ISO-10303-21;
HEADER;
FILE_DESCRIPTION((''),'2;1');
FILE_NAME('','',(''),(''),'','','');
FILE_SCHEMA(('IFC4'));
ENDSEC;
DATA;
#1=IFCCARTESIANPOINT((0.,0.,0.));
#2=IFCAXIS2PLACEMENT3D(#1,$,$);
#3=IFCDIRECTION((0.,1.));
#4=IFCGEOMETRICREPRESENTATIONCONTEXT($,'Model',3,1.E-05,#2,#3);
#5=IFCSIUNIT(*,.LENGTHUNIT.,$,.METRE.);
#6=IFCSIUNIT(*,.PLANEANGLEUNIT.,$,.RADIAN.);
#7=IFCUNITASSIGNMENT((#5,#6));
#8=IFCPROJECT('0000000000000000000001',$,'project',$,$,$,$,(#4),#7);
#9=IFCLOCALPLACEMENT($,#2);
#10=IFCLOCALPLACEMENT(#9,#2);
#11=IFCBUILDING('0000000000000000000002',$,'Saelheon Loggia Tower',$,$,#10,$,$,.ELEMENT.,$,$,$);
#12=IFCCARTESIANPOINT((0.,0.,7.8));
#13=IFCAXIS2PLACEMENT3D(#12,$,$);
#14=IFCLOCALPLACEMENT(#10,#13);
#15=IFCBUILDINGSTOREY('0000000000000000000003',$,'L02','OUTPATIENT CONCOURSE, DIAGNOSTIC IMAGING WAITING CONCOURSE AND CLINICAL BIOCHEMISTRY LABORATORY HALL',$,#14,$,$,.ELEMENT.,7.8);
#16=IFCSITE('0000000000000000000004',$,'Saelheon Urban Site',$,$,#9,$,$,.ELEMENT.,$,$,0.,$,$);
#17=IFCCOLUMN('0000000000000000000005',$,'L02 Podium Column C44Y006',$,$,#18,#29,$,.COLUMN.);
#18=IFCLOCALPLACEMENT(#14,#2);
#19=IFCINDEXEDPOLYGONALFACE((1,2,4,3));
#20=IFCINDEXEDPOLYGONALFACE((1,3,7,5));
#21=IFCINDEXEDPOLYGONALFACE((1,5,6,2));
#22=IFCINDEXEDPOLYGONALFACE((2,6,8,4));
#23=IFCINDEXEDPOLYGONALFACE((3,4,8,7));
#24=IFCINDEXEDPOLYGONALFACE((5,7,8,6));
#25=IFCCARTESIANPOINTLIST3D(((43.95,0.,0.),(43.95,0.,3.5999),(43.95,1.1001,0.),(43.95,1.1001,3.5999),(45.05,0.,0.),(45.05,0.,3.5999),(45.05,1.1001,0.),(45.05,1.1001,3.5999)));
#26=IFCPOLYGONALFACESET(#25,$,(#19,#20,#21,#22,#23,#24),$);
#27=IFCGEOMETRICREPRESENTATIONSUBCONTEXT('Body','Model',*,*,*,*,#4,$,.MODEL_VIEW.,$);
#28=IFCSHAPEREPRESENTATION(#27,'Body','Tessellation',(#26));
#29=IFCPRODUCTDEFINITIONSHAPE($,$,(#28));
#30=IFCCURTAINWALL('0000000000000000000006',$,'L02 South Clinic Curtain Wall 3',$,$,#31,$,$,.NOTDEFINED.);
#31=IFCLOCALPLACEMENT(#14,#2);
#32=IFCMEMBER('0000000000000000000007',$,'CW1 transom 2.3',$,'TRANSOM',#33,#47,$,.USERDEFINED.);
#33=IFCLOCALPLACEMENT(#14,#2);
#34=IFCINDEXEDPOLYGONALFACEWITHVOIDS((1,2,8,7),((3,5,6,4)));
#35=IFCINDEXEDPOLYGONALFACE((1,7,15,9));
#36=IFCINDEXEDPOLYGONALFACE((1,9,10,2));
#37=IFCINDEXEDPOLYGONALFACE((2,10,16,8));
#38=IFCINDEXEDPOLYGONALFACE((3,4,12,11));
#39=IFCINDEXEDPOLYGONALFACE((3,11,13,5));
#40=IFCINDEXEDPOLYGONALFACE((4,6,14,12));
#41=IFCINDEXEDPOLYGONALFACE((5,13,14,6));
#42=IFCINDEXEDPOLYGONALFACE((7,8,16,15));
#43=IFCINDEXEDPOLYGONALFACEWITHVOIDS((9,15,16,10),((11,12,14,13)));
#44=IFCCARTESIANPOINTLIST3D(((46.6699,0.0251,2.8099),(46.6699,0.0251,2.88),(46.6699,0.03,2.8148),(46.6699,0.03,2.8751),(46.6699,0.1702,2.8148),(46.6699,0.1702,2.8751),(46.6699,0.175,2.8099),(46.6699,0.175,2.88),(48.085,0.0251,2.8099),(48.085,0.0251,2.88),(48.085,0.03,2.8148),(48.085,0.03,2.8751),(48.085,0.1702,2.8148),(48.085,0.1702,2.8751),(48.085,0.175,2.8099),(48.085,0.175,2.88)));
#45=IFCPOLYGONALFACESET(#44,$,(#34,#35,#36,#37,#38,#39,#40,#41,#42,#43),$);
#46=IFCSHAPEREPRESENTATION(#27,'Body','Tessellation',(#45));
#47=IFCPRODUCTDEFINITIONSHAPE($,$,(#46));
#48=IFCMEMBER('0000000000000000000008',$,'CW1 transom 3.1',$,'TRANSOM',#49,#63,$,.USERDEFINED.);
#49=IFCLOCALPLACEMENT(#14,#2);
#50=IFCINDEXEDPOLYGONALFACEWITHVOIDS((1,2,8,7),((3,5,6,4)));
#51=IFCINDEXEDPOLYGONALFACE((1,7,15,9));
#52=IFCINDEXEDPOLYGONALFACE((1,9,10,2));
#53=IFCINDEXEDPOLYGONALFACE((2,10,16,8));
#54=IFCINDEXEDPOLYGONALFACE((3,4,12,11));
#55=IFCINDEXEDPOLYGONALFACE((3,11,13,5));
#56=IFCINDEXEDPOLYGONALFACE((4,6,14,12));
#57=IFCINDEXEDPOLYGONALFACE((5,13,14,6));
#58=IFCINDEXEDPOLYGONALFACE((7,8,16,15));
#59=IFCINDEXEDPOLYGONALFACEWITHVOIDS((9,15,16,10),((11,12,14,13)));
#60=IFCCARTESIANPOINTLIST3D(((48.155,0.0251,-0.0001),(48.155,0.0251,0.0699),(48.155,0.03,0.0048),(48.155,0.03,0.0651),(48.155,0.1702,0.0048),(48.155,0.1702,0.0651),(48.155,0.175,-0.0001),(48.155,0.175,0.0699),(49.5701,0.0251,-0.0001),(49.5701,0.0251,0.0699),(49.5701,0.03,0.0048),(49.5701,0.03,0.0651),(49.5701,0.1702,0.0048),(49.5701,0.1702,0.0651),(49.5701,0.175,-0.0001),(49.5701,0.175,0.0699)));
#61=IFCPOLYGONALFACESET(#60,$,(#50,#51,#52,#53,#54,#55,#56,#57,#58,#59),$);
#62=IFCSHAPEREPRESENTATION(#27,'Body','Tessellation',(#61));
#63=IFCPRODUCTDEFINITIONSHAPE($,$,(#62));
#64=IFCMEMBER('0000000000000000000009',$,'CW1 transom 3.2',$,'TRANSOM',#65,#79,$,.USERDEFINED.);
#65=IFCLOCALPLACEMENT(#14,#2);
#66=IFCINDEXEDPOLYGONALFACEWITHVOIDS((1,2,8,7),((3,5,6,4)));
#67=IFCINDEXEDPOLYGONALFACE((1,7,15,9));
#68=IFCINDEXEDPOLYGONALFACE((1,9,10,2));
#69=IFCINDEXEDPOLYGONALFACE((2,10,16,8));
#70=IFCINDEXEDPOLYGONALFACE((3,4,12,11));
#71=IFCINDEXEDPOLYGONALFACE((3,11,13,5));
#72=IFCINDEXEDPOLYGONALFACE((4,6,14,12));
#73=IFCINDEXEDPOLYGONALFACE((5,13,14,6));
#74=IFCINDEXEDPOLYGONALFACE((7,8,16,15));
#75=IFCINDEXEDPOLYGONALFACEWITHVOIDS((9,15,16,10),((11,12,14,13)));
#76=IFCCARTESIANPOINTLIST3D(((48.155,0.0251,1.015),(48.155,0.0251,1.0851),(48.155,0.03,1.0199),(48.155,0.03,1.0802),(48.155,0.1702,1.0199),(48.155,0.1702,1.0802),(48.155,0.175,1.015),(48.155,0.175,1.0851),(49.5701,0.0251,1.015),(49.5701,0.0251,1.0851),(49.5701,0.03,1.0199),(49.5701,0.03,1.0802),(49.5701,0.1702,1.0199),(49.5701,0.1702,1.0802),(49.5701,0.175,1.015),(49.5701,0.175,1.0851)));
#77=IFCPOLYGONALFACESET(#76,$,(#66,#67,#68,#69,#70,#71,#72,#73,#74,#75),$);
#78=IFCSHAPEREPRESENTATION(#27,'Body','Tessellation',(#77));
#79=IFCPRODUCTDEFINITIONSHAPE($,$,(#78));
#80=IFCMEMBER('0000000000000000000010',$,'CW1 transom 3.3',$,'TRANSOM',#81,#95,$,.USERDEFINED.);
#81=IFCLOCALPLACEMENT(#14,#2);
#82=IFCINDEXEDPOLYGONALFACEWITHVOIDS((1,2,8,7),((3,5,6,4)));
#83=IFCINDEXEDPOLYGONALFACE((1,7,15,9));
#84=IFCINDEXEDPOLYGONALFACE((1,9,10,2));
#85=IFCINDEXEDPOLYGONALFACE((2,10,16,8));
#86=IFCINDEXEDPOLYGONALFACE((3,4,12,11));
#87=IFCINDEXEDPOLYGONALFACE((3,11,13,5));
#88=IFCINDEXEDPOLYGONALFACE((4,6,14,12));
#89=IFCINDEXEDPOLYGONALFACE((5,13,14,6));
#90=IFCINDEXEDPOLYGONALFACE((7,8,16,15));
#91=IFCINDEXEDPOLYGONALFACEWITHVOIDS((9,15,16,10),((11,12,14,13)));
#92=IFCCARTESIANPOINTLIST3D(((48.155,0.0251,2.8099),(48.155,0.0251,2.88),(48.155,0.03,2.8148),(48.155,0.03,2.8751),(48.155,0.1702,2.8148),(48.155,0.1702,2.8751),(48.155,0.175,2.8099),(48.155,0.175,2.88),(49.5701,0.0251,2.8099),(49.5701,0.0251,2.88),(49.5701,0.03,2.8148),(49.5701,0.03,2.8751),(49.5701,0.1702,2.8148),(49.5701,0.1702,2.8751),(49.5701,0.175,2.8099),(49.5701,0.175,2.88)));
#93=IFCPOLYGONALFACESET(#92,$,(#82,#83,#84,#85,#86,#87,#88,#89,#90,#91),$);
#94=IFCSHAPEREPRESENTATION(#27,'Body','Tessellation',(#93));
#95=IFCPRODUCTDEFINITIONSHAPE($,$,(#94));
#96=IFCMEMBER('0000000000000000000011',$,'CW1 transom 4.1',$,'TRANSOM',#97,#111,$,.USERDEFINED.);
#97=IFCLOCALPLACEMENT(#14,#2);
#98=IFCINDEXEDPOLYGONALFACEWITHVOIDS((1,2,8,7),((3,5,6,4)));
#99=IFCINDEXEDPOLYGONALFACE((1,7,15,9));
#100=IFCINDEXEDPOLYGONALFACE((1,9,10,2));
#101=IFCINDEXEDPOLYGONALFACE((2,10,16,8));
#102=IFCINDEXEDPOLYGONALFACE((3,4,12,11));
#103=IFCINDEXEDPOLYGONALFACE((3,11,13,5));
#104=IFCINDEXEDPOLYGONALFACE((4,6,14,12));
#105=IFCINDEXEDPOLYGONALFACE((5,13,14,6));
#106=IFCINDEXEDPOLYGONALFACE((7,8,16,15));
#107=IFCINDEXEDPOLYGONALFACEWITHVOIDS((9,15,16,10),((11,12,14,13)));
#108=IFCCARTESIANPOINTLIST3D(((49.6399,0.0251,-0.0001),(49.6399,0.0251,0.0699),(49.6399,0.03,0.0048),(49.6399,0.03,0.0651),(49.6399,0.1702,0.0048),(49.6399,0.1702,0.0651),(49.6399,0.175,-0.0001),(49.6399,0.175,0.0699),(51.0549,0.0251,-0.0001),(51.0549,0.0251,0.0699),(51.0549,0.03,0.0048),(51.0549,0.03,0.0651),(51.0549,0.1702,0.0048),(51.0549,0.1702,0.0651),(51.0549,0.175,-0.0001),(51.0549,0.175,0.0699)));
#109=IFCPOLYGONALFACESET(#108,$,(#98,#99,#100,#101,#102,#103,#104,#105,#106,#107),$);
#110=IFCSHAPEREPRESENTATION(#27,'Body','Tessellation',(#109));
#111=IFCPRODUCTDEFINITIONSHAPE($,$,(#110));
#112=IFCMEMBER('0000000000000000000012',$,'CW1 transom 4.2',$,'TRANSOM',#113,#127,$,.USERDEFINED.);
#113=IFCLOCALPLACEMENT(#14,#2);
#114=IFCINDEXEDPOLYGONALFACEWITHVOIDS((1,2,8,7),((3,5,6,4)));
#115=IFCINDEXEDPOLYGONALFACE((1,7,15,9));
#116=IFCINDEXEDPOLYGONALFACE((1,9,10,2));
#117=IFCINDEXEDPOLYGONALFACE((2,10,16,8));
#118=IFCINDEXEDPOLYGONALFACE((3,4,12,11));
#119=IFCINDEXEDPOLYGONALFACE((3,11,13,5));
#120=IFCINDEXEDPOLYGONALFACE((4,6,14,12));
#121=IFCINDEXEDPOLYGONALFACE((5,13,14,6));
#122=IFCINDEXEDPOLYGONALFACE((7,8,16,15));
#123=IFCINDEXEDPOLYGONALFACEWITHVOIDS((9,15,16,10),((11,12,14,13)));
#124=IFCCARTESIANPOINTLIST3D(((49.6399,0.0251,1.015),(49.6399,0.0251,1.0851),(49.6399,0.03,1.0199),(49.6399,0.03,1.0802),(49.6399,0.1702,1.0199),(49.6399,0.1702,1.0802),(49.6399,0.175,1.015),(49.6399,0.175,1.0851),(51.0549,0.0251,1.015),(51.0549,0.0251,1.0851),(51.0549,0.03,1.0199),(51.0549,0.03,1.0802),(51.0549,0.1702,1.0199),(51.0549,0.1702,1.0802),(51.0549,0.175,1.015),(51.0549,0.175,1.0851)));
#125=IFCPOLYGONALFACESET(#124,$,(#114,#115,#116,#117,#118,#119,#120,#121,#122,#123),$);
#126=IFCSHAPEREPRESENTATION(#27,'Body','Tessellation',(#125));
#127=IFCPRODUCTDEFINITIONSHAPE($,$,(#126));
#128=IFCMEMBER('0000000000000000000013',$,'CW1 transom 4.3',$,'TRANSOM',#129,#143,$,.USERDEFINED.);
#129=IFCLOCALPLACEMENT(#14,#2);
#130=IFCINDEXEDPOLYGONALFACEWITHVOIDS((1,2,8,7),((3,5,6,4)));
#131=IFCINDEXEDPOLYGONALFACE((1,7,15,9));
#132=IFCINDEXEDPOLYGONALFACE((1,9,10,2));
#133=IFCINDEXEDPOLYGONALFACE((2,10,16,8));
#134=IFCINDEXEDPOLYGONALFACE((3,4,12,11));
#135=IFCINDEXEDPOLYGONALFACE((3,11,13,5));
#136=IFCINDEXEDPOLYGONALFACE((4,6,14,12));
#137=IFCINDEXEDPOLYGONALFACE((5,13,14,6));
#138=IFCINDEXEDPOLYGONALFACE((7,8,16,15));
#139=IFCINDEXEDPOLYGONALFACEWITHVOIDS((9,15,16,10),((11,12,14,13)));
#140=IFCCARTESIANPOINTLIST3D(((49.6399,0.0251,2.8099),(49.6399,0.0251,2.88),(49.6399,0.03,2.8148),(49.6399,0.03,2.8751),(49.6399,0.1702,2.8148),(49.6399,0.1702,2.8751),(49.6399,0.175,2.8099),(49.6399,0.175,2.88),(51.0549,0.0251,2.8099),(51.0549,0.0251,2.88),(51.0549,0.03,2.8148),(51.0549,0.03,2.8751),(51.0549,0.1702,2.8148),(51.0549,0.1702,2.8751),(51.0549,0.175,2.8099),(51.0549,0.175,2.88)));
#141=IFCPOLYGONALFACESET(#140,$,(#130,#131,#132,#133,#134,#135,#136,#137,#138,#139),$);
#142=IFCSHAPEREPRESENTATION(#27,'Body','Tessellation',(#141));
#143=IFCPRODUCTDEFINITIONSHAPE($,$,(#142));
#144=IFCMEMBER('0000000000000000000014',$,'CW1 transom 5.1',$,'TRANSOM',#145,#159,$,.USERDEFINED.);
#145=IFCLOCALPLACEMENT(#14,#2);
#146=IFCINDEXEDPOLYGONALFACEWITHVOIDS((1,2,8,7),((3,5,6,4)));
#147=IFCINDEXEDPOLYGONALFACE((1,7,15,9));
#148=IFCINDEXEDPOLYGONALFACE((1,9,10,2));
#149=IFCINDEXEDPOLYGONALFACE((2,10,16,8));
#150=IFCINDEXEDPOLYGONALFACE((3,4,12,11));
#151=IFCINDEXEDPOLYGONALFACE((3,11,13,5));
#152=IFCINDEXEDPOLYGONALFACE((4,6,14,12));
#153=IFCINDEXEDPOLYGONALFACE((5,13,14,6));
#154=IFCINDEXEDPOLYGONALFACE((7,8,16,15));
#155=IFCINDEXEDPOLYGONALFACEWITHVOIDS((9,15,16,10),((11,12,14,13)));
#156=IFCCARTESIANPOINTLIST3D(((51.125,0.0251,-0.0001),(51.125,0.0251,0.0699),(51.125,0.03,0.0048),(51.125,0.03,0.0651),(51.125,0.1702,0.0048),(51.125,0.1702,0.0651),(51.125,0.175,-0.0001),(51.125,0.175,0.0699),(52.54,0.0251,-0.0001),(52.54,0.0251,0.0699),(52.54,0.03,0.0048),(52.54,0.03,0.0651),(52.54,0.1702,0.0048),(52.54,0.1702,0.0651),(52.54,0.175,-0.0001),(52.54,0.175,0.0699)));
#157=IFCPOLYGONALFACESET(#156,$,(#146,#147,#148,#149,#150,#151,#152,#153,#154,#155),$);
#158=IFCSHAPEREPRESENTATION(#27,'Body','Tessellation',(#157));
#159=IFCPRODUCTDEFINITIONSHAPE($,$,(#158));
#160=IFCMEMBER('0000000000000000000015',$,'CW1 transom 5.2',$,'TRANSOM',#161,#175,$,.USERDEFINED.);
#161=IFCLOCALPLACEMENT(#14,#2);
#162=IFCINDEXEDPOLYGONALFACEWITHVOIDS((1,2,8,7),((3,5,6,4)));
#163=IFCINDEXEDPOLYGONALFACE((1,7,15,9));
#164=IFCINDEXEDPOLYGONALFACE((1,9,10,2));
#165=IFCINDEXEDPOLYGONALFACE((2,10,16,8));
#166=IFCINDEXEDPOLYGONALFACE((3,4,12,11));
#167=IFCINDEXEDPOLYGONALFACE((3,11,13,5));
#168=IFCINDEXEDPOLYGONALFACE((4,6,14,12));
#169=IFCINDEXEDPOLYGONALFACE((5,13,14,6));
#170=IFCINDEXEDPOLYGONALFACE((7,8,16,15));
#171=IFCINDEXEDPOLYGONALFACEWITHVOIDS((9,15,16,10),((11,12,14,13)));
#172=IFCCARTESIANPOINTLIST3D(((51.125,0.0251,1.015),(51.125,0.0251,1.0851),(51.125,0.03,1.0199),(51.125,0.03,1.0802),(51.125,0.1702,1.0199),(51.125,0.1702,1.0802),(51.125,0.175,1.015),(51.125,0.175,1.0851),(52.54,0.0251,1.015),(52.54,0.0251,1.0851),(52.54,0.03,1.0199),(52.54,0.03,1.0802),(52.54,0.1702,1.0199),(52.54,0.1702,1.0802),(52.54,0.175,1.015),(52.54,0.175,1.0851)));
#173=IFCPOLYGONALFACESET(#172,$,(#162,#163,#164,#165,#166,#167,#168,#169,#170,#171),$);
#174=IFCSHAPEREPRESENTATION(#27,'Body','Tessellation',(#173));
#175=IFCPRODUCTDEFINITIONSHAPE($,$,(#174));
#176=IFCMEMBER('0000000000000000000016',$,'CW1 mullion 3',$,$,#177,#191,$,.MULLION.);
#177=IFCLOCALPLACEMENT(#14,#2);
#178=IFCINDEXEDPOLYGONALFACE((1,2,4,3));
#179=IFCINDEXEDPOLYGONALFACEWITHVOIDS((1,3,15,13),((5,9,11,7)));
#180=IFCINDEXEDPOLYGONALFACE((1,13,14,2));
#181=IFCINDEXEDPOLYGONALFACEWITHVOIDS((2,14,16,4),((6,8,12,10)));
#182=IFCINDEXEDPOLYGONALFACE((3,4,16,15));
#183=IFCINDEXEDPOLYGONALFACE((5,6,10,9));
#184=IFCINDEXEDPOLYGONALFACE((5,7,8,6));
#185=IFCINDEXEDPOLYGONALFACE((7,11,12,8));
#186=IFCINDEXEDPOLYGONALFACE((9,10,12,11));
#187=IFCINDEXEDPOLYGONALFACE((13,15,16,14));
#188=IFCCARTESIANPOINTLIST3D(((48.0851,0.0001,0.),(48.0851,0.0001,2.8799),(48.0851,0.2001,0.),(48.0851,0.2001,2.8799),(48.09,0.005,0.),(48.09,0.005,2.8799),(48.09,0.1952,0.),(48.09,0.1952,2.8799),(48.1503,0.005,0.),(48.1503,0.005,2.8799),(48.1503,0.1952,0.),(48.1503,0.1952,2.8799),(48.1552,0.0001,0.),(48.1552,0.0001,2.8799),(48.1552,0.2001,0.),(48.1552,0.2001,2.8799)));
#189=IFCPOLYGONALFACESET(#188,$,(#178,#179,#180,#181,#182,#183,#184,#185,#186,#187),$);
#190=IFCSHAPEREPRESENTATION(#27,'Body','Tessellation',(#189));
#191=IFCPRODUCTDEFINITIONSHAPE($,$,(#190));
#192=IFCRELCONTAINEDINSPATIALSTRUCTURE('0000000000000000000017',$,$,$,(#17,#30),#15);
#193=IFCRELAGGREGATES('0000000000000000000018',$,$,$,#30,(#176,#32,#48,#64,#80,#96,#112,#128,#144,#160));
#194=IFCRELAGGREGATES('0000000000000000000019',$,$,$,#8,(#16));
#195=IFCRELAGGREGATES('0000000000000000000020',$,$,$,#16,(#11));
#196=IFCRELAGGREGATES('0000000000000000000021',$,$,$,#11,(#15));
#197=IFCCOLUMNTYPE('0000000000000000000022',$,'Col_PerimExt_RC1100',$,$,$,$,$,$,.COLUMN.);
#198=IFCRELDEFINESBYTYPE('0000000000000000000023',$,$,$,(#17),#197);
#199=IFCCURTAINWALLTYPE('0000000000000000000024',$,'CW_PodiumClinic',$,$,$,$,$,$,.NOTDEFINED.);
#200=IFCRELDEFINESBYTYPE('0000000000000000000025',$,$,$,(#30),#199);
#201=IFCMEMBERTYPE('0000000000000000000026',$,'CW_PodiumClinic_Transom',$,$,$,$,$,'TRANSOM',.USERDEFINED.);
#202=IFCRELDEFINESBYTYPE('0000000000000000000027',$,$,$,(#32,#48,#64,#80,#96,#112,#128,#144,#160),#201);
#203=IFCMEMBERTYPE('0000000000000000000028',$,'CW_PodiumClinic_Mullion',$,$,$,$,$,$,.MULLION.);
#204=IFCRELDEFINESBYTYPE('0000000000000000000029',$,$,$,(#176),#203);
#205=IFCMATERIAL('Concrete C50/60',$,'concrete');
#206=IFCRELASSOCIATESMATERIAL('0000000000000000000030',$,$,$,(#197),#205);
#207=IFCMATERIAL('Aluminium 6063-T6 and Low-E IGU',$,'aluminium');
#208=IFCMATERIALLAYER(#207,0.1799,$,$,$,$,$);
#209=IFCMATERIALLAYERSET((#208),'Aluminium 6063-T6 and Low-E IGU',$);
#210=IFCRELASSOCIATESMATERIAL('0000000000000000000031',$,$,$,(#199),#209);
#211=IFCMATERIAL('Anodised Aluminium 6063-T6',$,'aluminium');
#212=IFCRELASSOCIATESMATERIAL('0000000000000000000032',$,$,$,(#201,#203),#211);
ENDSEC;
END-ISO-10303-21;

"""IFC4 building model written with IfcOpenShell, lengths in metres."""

from ifc_helpers import new_model, si_unit, direction, frame, origin, origin_2d, place, context, subcontext, project, spatial, rectangle, hollow_rectangle, extrude, source, transform, mapped, material, layer, layer_set, material_profile, profile_set, type_object, element, aggregate, save


model = new_model("IFC4")

# Units and contexts
model_context = context("Model", 3, precision=1e-05, world=origin(), true_north=direction((0.0, 1.0)))
body_context = subcontext(model_context, "Body", "Model", "MODEL_VIEW")
ifc_project = project(units=[si_unit("LENGTHUNIT", "METRE"), si_unit("PLANEANGLEUNIT", "RADIAN")], contexts=[model_context])

# Site, building, storey
site_placement = place(None, origin())
site = spatial("IfcSite", under=ifc_project, at=site_placement, Name="Saelheon Urban Site", CompositionType="ELEMENT", RefElevation=0.0)
building_placement = place(site_placement, origin())
building = spatial("IfcBuilding", under=site, at=building_placement, Name="Saelheon Loggia Tower", CompositionType="ELEMENT")
storey_placement = place(building_placement, frame((0.0, 0.0, 7.8)))
storey = spatial("IfcBuildingStorey", under=building, at=storey_placement, Name="L02", Description="OUTPATIENT CONCOURSE, DIAGNOSTIC IMAGING WAITING CONCOURSE AND CLINICAL BIOCHEMISTRY LABORATORY HALL", CompositionType="ELEMENT", Elevation=7.8)

# Column
ifc_material_1 = material(Name="Concrete C50/60", Category="concrete")
ifc_material_profile_1 = material_profile(ifc_material_1, rectangle(XDim=1.1001, YDim=1.1001, at=origin_2d()), Name="RC-1100x1100")
ifc_profile_set_1 = profile_set([ifc_material_profile_1], Name="Concrete C50/60")
column_type = type_object("IfcColumnType", Name="Col_PerimExt_RC1100", PredefinedType="COLUMN", material=ifc_profile_set_1)
shared_shape_1 = source(origin(), body_context, "Body", "SweptSolid", [
    extrude(rectangle(XDim=1.1001, YDim=1.1001, at=origin_2d()), origin(), (0.0, 0.0, 1.0), 3.5999),
])
column_placement = place(storey_placement, frame((44.5, 0.55, 0.0), z_axis=(0.0, 0.0, 1.0), x_axis=(1.0, 0.0, 0.0)))
element("IfcColumn", 1, at=column_placement, inside=storey, type_object=column_type, Name="L02 Podium Column C44Y006", PredefinedType="COLUMN", context=body_context, shape_type="MappedRepresentation", body=[
    mapped(shared_shape_1, transform((0.0, 0.0, 0.0), scale=1.0)),
])

# Curtain wall, members
ifc_material_2 = material(Name="Aluminium 6063-T6 and Low-E IGU", Category="aluminium")
ifc_layer_1 = layer(ifc_material_2, 0.1799)
ifc_layer_set_1 = layer_set([ifc_layer_1], Name="Aluminium 6063-T6 and Low-E IGU")
curtain_wall_type = type_object("IfcCurtainWallType", Name="CW_PodiumClinic", PredefinedType="NOTDEFINED", material=ifc_layer_set_1)
curtain_wall_placement = place(storey_placement, origin())
curtain_wall = element("IfcCurtainWall", 2, at=curtain_wall_placement, inside=storey, type_object=curtain_wall_type, Name="L02 South Clinic Curtain Wall 3", PredefinedType="NOTDEFINED")
ifc_material_3 = material(Name="Anodised Aluminium 6063-T6", Category="aluminium")
ifc_material_profile_2 = material_profile(ifc_material_3, hollow_rectangle(XDim=0.0701, YDim=0.1499, WallThickness=0.0049, at=origin_2d()), Name="RHS-150x70x5")
ifc_profile_set_2 = profile_set([ifc_material_profile_2], Name="Anodised Aluminium 6063-T6")
member_type_1 = type_object("IfcMemberType", Name="CW_PodiumClinic_Transom", ElementType="TRANSOM", PredefinedType="USERDEFINED", material=ifc_profile_set_2)
shared_shape_2 = source(origin(), body_context, "Body", "SweptSolid", [
    extrude(hollow_rectangle(XDim=0.0701, YDim=0.1499, WallThickness=0.0049, at=origin_2d()), origin(), (0.0, 0.0, 1.0), 1.415),
])
member_1_placement = place(storey_placement, frame((46.6699, 0.1001, 2.845), z_axis=(1.0, 0.0, 0.0), x_axis=(0.0, 0.0, 1.0)))
member_1 = element("IfcMember", 3, at=member_1_placement, type_object=member_type_1, Name="CW1 transom 2.3", ObjectType="TRANSOM", PredefinedType="USERDEFINED", context=body_context, shape_type="MappedRepresentation", body=[
    mapped(shared_shape_2, transform((0.0, 0.0, 0.0), scale=1.0)),
])
member_2_placement = place(storey_placement, frame((48.155, 0.1001, 0.0349), z_axis=(1.0, 0.0, 0.0), x_axis=(0.0, 0.0, 1.0)))
member_2 = element("IfcMember", 4, at=member_2_placement, type_object=member_type_1, Name="CW1 transom 3.1", ObjectType="TRANSOM", PredefinedType="USERDEFINED", context=body_context, shape_type="MappedRepresentation", body=[
    mapped(shared_shape_2, transform((0.0, 0.0, 0.0), scale=1.0)),
])
member_3_placement = place(storey_placement, frame((48.155, 0.1001, 1.05), z_axis=(1.0, 0.0, 0.0), x_axis=(0.0, 0.0, 1.0)))
member_3 = element("IfcMember", 5, at=member_3_placement, type_object=member_type_1, Name="CW1 transom 3.2", ObjectType="TRANSOM", PredefinedType="USERDEFINED", context=body_context, shape_type="MappedRepresentation", body=[
    mapped(shared_shape_2, transform((0.0, 0.0, 0.0), scale=1.0)),
])
member_4_placement = place(storey_placement, frame((48.155, 0.1001, 2.845), z_axis=(1.0, 0.0, 0.0), x_axis=(0.0, 0.0, 1.0)))
member_4 = element("IfcMember", 6, at=member_4_placement, type_object=member_type_1, Name="CW1 transom 3.3", ObjectType="TRANSOM", PredefinedType="USERDEFINED", context=body_context, shape_type="MappedRepresentation", body=[
    mapped(shared_shape_2, transform((0.0, 0.0, 0.0), scale=1.0)),
])
member_5_placement = place(storey_placement, frame((49.6399, 0.1001, 0.0349), z_axis=(1.0, 0.0, 0.0), x_axis=(0.0, 0.0, 1.0)))
member_5 = element("IfcMember", 7, at=member_5_placement, type_object=member_type_1, Name="CW1 transom 4.1", ObjectType="TRANSOM", PredefinedType="USERDEFINED", context=body_context, shape_type="MappedRepresentation", body=[
    mapped(shared_shape_2, transform((0.0, 0.0, 0.0), scale=1.0)),
])
member_6_placement = place(storey_placement, frame((49.6399, 0.1001, 1.05), z_axis=(1.0, 0.0, 0.0), x_axis=(0.0, 0.0, 1.0)))
member_6 = element("IfcMember", 8, at=member_6_placement, type_object=member_type_1, Name="CW1 transom 4.2", ObjectType="TRANSOM", PredefinedType="USERDEFINED", context=body_context, shape_type="MappedRepresentation", body=[
    mapped(shared_shape_2, transform((0.0, 0.0, 0.0), scale=1.0)),
])
member_7_placement = place(storey_placement, frame((49.6399, 0.1001, 2.845), z_axis=(1.0, 0.0, 0.0), x_axis=(0.0, 0.0, 1.0)))
member_7 = element("IfcMember", 9, at=member_7_placement, type_object=member_type_1, Name="CW1 transom 4.3", ObjectType="TRANSOM", PredefinedType="USERDEFINED", context=body_context, shape_type="MappedRepresentation", body=[
    mapped(shared_shape_2, transform((0.0, 0.0, 0.0), scale=1.0)),
])
member_8_placement = place(storey_placement, frame((51.125, 0.1001, 0.0349), z_axis=(1.0, 0.0, 0.0), x_axis=(0.0, 0.0, 1.0)))
member_8 = element("IfcMember", 10, at=member_8_placement, type_object=member_type_1, Name="CW1 transom 5.1", ObjectType="TRANSOM", PredefinedType="USERDEFINED", context=body_context, shape_type="MappedRepresentation", body=[
    mapped(shared_shape_2, transform((0.0, 0.0, 0.0), scale=1.0)),
])
member_9_placement = place(storey_placement, frame((51.125, 0.1001, 1.05), z_axis=(1.0, 0.0, 0.0), x_axis=(0.0, 0.0, 1.0)))
member_9 = element("IfcMember", 11, at=member_9_placement, type_object=member_type_1, Name="CW1 transom 5.2", ObjectType="TRANSOM", PredefinedType="USERDEFINED", context=body_context, shape_type="MappedRepresentation", body=[
    mapped(shared_shape_2, transform((0.0, 0.0, 0.0), scale=1.0)),
])
ifc_material_profile_3 = material_profile(ifc_material_3, hollow_rectangle(XDim=0.0701, YDim=0.2, WallThickness=0.0049, at=origin_2d()), Name="RHS-200x70x5")
ifc_profile_set_3 = profile_set([ifc_material_profile_3], Name="Anodised Aluminium 6063-T6")
member_type_2 = type_object("IfcMemberType", Name="CW_PodiumClinic_Mullion", PredefinedType="MULLION", material=ifc_profile_set_3)
shared_shape_3 = source(origin(), body_context, "Body", "SweptSolid", [
    extrude(hollow_rectangle(XDim=0.0701, YDim=0.2, WallThickness=0.0049, at=origin_2d()), origin(), (0.0, 0.0, 1.0), 2.8799),
])
member_10_placement = place(storey_placement, frame((48.1201, 0.1001, 0.0), z_axis=(0.0, 0.0, 1.0), x_axis=(1.0, 0.0, 0.0)))
member_10 = element("IfcMember", 12, at=member_10_placement, type_object=member_type_2, Name="CW1 mullion 3", PredefinedType="MULLION", context=body_context, shape_type="MappedRepresentation", body=[
    mapped(shared_shape_3, transform((0.0, 0.0, 0.0), scale=1.0)),
])
aggregate(curtain_wall, [member_10, member_1, member_2, member_3, member_4, member_5, member_6, member_7, member_8, member_9])

save(model, "model.ifc")
